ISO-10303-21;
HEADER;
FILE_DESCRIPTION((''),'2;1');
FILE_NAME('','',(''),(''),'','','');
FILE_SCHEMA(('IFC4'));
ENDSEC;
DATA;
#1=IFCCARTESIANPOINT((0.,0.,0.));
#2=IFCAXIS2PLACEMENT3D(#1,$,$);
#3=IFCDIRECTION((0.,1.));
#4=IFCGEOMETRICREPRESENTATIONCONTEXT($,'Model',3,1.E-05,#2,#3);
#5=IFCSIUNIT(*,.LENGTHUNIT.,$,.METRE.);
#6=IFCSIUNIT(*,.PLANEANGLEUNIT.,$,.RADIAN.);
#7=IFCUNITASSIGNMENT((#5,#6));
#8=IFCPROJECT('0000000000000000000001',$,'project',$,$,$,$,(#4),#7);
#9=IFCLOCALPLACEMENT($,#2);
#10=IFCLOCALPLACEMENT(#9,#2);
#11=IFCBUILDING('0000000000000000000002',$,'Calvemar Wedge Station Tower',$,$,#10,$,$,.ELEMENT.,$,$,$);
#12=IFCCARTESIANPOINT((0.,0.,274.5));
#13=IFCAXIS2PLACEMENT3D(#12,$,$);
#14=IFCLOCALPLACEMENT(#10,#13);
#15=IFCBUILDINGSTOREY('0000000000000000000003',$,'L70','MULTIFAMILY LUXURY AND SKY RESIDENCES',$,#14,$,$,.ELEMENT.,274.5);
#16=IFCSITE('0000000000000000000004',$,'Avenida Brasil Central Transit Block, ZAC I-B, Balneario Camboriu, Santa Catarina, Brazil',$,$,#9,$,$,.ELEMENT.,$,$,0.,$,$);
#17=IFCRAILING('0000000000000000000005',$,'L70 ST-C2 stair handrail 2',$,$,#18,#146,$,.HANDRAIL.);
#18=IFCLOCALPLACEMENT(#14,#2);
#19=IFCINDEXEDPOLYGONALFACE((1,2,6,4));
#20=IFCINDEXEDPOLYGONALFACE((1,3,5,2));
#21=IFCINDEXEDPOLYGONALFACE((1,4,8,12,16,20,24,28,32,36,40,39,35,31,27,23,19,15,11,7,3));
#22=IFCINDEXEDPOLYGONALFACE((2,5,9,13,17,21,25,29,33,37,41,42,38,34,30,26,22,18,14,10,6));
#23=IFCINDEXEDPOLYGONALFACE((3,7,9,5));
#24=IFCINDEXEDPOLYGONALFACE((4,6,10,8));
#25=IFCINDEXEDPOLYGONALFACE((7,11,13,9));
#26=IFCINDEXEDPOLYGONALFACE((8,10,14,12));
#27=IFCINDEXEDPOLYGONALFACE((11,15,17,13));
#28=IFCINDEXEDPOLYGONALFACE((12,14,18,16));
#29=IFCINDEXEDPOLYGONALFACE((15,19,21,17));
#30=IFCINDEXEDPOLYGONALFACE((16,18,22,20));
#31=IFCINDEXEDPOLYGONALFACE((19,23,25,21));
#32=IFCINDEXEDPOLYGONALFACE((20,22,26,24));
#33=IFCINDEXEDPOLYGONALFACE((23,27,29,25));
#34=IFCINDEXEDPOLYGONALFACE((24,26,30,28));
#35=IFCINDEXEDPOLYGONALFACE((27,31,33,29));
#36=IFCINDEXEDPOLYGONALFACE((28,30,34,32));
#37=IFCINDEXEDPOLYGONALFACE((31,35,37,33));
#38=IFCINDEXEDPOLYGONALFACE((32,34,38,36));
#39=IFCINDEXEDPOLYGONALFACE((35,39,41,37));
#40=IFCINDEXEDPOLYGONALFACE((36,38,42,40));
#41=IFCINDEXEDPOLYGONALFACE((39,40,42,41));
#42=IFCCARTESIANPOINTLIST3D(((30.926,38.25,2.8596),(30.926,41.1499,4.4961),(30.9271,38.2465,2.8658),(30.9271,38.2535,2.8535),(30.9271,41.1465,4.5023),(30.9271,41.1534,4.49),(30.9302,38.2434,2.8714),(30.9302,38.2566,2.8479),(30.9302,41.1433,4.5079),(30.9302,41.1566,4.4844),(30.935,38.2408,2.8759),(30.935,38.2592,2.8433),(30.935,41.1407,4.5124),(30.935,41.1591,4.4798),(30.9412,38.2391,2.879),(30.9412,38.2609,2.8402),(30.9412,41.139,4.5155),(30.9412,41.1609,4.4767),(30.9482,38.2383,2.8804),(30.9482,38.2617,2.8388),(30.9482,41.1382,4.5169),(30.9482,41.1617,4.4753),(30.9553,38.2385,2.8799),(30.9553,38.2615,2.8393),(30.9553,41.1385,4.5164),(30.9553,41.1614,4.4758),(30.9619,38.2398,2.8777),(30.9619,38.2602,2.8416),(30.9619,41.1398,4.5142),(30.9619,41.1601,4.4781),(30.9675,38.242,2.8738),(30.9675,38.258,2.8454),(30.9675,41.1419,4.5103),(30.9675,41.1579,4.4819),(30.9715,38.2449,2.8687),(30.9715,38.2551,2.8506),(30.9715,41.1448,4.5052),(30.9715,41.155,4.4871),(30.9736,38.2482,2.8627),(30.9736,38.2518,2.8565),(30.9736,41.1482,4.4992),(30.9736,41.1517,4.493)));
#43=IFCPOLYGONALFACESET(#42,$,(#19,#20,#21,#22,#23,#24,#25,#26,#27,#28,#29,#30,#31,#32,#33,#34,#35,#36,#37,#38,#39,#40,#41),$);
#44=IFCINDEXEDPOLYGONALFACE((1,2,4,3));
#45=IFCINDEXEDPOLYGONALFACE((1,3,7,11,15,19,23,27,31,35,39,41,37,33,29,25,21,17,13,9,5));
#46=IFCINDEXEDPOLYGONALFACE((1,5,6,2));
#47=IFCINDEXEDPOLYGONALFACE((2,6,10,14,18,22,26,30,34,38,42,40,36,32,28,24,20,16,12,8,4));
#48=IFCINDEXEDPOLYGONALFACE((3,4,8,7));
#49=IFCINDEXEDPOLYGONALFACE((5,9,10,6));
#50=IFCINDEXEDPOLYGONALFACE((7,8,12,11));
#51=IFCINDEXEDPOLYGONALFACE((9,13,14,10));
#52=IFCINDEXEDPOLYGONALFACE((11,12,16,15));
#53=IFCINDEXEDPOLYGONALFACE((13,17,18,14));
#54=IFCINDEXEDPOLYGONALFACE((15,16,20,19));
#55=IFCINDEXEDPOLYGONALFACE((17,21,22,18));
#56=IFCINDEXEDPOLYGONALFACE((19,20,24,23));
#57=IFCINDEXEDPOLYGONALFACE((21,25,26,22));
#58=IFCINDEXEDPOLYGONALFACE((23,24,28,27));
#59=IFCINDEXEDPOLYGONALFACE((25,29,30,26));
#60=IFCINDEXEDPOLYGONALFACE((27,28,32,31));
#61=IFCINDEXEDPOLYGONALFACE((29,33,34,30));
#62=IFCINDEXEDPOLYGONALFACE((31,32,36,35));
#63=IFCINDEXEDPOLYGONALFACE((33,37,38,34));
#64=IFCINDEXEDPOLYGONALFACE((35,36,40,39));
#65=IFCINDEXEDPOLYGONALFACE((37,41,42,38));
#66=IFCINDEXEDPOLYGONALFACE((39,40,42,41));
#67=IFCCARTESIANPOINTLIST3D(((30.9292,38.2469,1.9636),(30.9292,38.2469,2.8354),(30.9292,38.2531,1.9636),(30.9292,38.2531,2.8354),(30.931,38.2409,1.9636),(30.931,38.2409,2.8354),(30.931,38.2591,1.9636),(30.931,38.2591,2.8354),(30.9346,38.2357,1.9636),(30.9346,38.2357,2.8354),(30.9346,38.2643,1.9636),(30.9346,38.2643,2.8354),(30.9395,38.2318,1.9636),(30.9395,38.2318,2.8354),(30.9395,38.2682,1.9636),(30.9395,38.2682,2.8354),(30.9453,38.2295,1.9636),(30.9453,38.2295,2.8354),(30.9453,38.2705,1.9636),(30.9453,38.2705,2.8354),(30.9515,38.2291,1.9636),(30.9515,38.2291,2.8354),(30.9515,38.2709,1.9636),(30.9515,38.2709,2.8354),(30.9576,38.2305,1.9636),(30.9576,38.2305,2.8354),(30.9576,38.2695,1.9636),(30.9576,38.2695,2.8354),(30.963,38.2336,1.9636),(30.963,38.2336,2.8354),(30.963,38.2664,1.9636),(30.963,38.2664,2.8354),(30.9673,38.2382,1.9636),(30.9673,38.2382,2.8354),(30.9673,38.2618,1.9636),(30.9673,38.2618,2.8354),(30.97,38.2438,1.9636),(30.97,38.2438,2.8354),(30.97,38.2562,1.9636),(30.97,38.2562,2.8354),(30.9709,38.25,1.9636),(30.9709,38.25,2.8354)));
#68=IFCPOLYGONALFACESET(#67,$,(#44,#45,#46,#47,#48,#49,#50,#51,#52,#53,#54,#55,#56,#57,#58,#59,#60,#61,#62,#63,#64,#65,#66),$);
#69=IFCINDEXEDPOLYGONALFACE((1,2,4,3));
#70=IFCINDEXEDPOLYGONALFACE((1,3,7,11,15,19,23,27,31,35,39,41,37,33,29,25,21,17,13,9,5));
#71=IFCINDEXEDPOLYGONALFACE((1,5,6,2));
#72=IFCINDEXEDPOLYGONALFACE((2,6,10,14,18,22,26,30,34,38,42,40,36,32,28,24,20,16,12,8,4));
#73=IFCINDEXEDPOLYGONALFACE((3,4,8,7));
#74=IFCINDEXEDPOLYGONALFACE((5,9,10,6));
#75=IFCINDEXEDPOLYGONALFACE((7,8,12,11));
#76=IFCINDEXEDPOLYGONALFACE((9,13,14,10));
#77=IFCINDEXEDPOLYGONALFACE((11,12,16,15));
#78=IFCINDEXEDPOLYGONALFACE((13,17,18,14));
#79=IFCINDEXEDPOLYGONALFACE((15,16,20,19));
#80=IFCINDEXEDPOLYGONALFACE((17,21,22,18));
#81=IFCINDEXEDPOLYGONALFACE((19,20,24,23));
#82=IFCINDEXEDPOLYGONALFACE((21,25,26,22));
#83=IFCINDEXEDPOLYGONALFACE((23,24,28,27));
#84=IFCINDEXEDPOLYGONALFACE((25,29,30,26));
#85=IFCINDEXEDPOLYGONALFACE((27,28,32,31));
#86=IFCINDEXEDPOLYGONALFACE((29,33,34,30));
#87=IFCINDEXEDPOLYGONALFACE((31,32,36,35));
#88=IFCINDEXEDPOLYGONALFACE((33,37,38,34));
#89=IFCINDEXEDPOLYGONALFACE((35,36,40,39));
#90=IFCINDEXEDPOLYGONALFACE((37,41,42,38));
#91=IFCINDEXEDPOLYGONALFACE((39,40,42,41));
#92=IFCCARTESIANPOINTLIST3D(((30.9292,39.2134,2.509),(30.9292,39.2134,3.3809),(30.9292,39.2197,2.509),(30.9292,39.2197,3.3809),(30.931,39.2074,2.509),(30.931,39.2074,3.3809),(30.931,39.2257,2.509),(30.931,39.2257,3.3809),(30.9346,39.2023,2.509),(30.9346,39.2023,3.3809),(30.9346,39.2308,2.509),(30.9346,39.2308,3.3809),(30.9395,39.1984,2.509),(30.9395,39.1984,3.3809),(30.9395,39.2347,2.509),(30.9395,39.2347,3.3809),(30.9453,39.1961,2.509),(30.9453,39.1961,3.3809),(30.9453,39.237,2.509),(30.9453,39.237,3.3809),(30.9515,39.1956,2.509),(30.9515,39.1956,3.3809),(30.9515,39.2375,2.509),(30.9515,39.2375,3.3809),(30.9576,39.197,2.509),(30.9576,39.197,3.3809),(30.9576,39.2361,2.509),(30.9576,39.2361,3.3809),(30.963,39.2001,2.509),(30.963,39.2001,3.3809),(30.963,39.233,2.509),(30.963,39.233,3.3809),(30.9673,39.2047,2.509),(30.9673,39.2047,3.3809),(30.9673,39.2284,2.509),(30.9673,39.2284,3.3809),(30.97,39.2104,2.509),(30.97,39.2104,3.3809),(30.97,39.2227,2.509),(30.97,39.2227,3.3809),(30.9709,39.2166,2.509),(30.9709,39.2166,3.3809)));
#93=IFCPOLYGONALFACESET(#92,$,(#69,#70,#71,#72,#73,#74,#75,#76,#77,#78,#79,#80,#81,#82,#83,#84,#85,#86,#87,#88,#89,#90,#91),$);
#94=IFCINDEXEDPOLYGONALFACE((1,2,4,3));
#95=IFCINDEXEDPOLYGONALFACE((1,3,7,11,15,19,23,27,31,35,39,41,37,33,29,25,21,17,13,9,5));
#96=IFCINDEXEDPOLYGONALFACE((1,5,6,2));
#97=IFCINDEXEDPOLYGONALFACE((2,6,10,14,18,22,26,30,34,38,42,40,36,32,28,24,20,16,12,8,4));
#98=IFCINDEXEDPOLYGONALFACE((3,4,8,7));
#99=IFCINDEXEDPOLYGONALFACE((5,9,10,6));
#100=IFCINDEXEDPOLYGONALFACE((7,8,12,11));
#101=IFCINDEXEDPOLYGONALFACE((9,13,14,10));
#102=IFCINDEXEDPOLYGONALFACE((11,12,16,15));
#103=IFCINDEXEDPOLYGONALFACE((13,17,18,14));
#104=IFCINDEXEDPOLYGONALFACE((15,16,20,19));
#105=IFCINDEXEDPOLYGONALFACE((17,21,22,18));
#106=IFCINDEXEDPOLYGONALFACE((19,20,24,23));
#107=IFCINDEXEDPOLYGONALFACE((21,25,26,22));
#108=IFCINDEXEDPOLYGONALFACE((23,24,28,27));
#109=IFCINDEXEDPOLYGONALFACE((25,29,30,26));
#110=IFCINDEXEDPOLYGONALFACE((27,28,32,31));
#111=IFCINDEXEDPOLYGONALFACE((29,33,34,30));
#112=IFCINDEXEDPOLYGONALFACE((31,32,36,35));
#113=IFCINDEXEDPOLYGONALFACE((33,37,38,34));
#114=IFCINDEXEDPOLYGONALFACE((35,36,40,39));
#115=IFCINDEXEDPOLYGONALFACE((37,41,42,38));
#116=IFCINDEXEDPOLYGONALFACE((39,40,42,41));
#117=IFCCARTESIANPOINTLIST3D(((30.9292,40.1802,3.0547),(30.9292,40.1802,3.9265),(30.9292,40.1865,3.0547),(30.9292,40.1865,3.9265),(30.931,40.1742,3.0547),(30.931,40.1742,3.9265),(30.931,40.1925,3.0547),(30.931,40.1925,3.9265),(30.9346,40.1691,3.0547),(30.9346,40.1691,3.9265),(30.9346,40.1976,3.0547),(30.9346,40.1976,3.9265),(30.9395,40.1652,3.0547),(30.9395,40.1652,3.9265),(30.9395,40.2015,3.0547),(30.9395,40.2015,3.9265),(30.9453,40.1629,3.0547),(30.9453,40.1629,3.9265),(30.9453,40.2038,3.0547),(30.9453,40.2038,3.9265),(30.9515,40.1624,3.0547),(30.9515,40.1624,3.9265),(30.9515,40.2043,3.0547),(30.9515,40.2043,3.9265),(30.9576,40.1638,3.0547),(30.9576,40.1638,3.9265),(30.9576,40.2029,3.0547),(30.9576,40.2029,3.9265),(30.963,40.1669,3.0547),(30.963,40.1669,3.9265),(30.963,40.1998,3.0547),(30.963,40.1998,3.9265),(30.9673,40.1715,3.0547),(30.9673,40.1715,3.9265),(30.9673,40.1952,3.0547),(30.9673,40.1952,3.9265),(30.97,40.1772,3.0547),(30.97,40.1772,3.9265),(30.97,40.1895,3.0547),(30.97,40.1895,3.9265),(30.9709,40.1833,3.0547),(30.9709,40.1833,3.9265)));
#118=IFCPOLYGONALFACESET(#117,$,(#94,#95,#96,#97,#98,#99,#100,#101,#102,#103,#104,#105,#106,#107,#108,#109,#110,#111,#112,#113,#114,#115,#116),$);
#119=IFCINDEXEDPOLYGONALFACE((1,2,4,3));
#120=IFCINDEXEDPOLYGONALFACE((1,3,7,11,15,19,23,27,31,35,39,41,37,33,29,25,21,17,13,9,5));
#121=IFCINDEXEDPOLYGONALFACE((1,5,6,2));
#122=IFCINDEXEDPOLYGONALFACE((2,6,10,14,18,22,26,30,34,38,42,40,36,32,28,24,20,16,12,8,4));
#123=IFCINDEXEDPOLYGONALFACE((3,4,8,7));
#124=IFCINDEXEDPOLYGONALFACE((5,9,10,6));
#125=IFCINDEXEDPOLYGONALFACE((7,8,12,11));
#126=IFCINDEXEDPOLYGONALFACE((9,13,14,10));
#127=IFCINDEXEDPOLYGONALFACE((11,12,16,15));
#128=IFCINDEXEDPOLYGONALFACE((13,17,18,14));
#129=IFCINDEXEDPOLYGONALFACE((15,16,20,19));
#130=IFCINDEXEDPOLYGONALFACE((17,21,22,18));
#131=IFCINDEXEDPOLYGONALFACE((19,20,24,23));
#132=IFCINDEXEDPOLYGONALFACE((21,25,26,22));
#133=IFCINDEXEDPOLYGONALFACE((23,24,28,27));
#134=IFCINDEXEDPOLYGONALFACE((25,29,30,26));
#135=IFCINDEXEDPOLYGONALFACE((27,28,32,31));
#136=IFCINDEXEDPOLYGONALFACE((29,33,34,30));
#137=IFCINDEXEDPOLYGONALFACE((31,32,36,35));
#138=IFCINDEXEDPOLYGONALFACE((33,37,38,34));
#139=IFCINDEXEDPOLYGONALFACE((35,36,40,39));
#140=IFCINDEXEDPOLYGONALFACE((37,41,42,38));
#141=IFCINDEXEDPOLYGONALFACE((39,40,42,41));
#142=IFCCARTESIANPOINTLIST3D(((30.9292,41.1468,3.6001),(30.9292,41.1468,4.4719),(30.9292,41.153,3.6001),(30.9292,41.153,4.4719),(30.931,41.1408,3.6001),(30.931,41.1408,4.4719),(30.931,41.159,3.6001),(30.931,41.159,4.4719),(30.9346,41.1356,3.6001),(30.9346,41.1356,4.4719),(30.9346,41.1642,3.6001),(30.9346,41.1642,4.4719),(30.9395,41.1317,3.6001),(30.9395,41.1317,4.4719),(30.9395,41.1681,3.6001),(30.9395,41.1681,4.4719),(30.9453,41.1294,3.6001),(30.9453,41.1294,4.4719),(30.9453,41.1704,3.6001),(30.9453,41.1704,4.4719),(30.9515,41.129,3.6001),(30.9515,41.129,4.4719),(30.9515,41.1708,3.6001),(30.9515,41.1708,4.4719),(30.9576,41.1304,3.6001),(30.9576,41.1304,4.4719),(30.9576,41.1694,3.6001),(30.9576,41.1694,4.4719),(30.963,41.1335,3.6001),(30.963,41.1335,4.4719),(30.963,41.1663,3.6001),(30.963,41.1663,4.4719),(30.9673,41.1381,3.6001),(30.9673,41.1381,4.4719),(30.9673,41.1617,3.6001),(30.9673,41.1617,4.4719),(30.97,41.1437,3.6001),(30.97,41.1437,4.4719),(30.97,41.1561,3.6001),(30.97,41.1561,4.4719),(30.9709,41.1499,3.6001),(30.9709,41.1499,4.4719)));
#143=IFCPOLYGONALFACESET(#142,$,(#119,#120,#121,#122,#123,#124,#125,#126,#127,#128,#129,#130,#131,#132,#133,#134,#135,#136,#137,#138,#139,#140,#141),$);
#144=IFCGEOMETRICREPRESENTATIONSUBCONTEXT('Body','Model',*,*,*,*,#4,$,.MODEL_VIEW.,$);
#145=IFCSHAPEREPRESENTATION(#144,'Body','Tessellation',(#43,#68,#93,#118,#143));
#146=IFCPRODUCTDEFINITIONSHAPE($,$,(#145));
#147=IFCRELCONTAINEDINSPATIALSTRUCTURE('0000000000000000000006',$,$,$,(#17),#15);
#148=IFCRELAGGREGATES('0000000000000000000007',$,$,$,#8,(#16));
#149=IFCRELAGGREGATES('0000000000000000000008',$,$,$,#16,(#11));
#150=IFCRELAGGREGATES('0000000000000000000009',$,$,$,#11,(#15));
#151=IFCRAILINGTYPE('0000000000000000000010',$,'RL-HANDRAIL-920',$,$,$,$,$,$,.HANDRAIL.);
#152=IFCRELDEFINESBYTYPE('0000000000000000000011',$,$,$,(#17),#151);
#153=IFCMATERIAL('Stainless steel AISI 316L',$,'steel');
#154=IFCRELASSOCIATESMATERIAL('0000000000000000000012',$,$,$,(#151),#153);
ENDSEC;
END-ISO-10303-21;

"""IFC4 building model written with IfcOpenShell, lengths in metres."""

from ifc_helpers import new_model, si_unit, direction, frame, origin, origin_2d, place, context, subcontext, project, spatial, circle, extrude, material, type_object, element, save


model = new_model("IFC4")

# Units and contexts
model_context = context("Model", 3, precision=1e-05, world=origin(), true_north=direction((0.0, 1.0)))
body_context = subcontext(model_context, "Body", "Model", "MODEL_VIEW")
ifc_project = project(units=[si_unit("LENGTHUNIT", "METRE"), si_unit("PLANEANGLEUNIT", "RADIAN")], contexts=[model_context])

# Site, building, storey
site_placement = place(None, origin())
site = spatial("IfcSite", under=ifc_project, at=site_placement, Name="Avenida Brasil Central Transit Block, ZAC I-B, Balneario Camboriu, Santa Catarina, Brazil", CompositionType="ELEMENT", RefElevation=0.0)
building_placement = place(site_placement, origin())
building = spatial("IfcBuilding", under=site, at=building_placement, Name="Calvemar Wedge Station Tower", CompositionType="ELEMENT")
storey_placement = place(building_placement, frame((0.0, 0.0, 274.5)))
storey = spatial("IfcBuildingStorey", under=building, at=storey_placement, Name="L70", Description="MULTIFAMILY LUXURY AND SKY RESIDENCES", CompositionType="ELEMENT", Elevation=274.5)

# Railing
ifc_material_1 = material(Name="Stainless steel AISI 316L", Category="steel")
railing_type_1 = type_object("IfcRailingType", Name="RL-HANDRAIL-920", PredefinedType="HANDRAIL", material=ifc_material_1)
railing_1_placement = place(storey_placement, frame((30.95, 38.25, 1.9636)))
element("IfcRailing", 1, at=railing_1_placement, inside=storey, type_object=railing_type_1, Name="L70 ST-C2 stair handrail 2", PredefinedType="HANDRAIL", context=body_context, shape_type="SweptSolid", body=[
    extrude(circle(Radius=0.0239, at=origin_2d()), frame((0.0, 0.0, 0.896), z_axis=(0.0, 0.870897, 0.491465), x_axis=(-1.0, 0.0, 0.0)), (0.0, 0.0, 1.0), 3.3298),
    extrude(circle(Radius=0.021, at=origin_2d()), origin(), (0.0, 0.0, 1.0), 0.8718),
    extrude(circle(Radius=0.021, at=origin_2d()), frame((0.0, 0.9666, 0.5454)), (0.0, 0.0, 1.0), 0.8718),
    extrude(circle(Radius=0.021, at=origin_2d()), frame((0.0, 1.9333, 1.0911)), (0.0, 0.0, 1.0), 0.8718),
    extrude(circle(Radius=0.021, at=origin_2d()), frame((0.0, 2.8999, 1.6365)), (0.0, 0.0, 1.0), 0.8718),
])

save(model, "model.ifc")
